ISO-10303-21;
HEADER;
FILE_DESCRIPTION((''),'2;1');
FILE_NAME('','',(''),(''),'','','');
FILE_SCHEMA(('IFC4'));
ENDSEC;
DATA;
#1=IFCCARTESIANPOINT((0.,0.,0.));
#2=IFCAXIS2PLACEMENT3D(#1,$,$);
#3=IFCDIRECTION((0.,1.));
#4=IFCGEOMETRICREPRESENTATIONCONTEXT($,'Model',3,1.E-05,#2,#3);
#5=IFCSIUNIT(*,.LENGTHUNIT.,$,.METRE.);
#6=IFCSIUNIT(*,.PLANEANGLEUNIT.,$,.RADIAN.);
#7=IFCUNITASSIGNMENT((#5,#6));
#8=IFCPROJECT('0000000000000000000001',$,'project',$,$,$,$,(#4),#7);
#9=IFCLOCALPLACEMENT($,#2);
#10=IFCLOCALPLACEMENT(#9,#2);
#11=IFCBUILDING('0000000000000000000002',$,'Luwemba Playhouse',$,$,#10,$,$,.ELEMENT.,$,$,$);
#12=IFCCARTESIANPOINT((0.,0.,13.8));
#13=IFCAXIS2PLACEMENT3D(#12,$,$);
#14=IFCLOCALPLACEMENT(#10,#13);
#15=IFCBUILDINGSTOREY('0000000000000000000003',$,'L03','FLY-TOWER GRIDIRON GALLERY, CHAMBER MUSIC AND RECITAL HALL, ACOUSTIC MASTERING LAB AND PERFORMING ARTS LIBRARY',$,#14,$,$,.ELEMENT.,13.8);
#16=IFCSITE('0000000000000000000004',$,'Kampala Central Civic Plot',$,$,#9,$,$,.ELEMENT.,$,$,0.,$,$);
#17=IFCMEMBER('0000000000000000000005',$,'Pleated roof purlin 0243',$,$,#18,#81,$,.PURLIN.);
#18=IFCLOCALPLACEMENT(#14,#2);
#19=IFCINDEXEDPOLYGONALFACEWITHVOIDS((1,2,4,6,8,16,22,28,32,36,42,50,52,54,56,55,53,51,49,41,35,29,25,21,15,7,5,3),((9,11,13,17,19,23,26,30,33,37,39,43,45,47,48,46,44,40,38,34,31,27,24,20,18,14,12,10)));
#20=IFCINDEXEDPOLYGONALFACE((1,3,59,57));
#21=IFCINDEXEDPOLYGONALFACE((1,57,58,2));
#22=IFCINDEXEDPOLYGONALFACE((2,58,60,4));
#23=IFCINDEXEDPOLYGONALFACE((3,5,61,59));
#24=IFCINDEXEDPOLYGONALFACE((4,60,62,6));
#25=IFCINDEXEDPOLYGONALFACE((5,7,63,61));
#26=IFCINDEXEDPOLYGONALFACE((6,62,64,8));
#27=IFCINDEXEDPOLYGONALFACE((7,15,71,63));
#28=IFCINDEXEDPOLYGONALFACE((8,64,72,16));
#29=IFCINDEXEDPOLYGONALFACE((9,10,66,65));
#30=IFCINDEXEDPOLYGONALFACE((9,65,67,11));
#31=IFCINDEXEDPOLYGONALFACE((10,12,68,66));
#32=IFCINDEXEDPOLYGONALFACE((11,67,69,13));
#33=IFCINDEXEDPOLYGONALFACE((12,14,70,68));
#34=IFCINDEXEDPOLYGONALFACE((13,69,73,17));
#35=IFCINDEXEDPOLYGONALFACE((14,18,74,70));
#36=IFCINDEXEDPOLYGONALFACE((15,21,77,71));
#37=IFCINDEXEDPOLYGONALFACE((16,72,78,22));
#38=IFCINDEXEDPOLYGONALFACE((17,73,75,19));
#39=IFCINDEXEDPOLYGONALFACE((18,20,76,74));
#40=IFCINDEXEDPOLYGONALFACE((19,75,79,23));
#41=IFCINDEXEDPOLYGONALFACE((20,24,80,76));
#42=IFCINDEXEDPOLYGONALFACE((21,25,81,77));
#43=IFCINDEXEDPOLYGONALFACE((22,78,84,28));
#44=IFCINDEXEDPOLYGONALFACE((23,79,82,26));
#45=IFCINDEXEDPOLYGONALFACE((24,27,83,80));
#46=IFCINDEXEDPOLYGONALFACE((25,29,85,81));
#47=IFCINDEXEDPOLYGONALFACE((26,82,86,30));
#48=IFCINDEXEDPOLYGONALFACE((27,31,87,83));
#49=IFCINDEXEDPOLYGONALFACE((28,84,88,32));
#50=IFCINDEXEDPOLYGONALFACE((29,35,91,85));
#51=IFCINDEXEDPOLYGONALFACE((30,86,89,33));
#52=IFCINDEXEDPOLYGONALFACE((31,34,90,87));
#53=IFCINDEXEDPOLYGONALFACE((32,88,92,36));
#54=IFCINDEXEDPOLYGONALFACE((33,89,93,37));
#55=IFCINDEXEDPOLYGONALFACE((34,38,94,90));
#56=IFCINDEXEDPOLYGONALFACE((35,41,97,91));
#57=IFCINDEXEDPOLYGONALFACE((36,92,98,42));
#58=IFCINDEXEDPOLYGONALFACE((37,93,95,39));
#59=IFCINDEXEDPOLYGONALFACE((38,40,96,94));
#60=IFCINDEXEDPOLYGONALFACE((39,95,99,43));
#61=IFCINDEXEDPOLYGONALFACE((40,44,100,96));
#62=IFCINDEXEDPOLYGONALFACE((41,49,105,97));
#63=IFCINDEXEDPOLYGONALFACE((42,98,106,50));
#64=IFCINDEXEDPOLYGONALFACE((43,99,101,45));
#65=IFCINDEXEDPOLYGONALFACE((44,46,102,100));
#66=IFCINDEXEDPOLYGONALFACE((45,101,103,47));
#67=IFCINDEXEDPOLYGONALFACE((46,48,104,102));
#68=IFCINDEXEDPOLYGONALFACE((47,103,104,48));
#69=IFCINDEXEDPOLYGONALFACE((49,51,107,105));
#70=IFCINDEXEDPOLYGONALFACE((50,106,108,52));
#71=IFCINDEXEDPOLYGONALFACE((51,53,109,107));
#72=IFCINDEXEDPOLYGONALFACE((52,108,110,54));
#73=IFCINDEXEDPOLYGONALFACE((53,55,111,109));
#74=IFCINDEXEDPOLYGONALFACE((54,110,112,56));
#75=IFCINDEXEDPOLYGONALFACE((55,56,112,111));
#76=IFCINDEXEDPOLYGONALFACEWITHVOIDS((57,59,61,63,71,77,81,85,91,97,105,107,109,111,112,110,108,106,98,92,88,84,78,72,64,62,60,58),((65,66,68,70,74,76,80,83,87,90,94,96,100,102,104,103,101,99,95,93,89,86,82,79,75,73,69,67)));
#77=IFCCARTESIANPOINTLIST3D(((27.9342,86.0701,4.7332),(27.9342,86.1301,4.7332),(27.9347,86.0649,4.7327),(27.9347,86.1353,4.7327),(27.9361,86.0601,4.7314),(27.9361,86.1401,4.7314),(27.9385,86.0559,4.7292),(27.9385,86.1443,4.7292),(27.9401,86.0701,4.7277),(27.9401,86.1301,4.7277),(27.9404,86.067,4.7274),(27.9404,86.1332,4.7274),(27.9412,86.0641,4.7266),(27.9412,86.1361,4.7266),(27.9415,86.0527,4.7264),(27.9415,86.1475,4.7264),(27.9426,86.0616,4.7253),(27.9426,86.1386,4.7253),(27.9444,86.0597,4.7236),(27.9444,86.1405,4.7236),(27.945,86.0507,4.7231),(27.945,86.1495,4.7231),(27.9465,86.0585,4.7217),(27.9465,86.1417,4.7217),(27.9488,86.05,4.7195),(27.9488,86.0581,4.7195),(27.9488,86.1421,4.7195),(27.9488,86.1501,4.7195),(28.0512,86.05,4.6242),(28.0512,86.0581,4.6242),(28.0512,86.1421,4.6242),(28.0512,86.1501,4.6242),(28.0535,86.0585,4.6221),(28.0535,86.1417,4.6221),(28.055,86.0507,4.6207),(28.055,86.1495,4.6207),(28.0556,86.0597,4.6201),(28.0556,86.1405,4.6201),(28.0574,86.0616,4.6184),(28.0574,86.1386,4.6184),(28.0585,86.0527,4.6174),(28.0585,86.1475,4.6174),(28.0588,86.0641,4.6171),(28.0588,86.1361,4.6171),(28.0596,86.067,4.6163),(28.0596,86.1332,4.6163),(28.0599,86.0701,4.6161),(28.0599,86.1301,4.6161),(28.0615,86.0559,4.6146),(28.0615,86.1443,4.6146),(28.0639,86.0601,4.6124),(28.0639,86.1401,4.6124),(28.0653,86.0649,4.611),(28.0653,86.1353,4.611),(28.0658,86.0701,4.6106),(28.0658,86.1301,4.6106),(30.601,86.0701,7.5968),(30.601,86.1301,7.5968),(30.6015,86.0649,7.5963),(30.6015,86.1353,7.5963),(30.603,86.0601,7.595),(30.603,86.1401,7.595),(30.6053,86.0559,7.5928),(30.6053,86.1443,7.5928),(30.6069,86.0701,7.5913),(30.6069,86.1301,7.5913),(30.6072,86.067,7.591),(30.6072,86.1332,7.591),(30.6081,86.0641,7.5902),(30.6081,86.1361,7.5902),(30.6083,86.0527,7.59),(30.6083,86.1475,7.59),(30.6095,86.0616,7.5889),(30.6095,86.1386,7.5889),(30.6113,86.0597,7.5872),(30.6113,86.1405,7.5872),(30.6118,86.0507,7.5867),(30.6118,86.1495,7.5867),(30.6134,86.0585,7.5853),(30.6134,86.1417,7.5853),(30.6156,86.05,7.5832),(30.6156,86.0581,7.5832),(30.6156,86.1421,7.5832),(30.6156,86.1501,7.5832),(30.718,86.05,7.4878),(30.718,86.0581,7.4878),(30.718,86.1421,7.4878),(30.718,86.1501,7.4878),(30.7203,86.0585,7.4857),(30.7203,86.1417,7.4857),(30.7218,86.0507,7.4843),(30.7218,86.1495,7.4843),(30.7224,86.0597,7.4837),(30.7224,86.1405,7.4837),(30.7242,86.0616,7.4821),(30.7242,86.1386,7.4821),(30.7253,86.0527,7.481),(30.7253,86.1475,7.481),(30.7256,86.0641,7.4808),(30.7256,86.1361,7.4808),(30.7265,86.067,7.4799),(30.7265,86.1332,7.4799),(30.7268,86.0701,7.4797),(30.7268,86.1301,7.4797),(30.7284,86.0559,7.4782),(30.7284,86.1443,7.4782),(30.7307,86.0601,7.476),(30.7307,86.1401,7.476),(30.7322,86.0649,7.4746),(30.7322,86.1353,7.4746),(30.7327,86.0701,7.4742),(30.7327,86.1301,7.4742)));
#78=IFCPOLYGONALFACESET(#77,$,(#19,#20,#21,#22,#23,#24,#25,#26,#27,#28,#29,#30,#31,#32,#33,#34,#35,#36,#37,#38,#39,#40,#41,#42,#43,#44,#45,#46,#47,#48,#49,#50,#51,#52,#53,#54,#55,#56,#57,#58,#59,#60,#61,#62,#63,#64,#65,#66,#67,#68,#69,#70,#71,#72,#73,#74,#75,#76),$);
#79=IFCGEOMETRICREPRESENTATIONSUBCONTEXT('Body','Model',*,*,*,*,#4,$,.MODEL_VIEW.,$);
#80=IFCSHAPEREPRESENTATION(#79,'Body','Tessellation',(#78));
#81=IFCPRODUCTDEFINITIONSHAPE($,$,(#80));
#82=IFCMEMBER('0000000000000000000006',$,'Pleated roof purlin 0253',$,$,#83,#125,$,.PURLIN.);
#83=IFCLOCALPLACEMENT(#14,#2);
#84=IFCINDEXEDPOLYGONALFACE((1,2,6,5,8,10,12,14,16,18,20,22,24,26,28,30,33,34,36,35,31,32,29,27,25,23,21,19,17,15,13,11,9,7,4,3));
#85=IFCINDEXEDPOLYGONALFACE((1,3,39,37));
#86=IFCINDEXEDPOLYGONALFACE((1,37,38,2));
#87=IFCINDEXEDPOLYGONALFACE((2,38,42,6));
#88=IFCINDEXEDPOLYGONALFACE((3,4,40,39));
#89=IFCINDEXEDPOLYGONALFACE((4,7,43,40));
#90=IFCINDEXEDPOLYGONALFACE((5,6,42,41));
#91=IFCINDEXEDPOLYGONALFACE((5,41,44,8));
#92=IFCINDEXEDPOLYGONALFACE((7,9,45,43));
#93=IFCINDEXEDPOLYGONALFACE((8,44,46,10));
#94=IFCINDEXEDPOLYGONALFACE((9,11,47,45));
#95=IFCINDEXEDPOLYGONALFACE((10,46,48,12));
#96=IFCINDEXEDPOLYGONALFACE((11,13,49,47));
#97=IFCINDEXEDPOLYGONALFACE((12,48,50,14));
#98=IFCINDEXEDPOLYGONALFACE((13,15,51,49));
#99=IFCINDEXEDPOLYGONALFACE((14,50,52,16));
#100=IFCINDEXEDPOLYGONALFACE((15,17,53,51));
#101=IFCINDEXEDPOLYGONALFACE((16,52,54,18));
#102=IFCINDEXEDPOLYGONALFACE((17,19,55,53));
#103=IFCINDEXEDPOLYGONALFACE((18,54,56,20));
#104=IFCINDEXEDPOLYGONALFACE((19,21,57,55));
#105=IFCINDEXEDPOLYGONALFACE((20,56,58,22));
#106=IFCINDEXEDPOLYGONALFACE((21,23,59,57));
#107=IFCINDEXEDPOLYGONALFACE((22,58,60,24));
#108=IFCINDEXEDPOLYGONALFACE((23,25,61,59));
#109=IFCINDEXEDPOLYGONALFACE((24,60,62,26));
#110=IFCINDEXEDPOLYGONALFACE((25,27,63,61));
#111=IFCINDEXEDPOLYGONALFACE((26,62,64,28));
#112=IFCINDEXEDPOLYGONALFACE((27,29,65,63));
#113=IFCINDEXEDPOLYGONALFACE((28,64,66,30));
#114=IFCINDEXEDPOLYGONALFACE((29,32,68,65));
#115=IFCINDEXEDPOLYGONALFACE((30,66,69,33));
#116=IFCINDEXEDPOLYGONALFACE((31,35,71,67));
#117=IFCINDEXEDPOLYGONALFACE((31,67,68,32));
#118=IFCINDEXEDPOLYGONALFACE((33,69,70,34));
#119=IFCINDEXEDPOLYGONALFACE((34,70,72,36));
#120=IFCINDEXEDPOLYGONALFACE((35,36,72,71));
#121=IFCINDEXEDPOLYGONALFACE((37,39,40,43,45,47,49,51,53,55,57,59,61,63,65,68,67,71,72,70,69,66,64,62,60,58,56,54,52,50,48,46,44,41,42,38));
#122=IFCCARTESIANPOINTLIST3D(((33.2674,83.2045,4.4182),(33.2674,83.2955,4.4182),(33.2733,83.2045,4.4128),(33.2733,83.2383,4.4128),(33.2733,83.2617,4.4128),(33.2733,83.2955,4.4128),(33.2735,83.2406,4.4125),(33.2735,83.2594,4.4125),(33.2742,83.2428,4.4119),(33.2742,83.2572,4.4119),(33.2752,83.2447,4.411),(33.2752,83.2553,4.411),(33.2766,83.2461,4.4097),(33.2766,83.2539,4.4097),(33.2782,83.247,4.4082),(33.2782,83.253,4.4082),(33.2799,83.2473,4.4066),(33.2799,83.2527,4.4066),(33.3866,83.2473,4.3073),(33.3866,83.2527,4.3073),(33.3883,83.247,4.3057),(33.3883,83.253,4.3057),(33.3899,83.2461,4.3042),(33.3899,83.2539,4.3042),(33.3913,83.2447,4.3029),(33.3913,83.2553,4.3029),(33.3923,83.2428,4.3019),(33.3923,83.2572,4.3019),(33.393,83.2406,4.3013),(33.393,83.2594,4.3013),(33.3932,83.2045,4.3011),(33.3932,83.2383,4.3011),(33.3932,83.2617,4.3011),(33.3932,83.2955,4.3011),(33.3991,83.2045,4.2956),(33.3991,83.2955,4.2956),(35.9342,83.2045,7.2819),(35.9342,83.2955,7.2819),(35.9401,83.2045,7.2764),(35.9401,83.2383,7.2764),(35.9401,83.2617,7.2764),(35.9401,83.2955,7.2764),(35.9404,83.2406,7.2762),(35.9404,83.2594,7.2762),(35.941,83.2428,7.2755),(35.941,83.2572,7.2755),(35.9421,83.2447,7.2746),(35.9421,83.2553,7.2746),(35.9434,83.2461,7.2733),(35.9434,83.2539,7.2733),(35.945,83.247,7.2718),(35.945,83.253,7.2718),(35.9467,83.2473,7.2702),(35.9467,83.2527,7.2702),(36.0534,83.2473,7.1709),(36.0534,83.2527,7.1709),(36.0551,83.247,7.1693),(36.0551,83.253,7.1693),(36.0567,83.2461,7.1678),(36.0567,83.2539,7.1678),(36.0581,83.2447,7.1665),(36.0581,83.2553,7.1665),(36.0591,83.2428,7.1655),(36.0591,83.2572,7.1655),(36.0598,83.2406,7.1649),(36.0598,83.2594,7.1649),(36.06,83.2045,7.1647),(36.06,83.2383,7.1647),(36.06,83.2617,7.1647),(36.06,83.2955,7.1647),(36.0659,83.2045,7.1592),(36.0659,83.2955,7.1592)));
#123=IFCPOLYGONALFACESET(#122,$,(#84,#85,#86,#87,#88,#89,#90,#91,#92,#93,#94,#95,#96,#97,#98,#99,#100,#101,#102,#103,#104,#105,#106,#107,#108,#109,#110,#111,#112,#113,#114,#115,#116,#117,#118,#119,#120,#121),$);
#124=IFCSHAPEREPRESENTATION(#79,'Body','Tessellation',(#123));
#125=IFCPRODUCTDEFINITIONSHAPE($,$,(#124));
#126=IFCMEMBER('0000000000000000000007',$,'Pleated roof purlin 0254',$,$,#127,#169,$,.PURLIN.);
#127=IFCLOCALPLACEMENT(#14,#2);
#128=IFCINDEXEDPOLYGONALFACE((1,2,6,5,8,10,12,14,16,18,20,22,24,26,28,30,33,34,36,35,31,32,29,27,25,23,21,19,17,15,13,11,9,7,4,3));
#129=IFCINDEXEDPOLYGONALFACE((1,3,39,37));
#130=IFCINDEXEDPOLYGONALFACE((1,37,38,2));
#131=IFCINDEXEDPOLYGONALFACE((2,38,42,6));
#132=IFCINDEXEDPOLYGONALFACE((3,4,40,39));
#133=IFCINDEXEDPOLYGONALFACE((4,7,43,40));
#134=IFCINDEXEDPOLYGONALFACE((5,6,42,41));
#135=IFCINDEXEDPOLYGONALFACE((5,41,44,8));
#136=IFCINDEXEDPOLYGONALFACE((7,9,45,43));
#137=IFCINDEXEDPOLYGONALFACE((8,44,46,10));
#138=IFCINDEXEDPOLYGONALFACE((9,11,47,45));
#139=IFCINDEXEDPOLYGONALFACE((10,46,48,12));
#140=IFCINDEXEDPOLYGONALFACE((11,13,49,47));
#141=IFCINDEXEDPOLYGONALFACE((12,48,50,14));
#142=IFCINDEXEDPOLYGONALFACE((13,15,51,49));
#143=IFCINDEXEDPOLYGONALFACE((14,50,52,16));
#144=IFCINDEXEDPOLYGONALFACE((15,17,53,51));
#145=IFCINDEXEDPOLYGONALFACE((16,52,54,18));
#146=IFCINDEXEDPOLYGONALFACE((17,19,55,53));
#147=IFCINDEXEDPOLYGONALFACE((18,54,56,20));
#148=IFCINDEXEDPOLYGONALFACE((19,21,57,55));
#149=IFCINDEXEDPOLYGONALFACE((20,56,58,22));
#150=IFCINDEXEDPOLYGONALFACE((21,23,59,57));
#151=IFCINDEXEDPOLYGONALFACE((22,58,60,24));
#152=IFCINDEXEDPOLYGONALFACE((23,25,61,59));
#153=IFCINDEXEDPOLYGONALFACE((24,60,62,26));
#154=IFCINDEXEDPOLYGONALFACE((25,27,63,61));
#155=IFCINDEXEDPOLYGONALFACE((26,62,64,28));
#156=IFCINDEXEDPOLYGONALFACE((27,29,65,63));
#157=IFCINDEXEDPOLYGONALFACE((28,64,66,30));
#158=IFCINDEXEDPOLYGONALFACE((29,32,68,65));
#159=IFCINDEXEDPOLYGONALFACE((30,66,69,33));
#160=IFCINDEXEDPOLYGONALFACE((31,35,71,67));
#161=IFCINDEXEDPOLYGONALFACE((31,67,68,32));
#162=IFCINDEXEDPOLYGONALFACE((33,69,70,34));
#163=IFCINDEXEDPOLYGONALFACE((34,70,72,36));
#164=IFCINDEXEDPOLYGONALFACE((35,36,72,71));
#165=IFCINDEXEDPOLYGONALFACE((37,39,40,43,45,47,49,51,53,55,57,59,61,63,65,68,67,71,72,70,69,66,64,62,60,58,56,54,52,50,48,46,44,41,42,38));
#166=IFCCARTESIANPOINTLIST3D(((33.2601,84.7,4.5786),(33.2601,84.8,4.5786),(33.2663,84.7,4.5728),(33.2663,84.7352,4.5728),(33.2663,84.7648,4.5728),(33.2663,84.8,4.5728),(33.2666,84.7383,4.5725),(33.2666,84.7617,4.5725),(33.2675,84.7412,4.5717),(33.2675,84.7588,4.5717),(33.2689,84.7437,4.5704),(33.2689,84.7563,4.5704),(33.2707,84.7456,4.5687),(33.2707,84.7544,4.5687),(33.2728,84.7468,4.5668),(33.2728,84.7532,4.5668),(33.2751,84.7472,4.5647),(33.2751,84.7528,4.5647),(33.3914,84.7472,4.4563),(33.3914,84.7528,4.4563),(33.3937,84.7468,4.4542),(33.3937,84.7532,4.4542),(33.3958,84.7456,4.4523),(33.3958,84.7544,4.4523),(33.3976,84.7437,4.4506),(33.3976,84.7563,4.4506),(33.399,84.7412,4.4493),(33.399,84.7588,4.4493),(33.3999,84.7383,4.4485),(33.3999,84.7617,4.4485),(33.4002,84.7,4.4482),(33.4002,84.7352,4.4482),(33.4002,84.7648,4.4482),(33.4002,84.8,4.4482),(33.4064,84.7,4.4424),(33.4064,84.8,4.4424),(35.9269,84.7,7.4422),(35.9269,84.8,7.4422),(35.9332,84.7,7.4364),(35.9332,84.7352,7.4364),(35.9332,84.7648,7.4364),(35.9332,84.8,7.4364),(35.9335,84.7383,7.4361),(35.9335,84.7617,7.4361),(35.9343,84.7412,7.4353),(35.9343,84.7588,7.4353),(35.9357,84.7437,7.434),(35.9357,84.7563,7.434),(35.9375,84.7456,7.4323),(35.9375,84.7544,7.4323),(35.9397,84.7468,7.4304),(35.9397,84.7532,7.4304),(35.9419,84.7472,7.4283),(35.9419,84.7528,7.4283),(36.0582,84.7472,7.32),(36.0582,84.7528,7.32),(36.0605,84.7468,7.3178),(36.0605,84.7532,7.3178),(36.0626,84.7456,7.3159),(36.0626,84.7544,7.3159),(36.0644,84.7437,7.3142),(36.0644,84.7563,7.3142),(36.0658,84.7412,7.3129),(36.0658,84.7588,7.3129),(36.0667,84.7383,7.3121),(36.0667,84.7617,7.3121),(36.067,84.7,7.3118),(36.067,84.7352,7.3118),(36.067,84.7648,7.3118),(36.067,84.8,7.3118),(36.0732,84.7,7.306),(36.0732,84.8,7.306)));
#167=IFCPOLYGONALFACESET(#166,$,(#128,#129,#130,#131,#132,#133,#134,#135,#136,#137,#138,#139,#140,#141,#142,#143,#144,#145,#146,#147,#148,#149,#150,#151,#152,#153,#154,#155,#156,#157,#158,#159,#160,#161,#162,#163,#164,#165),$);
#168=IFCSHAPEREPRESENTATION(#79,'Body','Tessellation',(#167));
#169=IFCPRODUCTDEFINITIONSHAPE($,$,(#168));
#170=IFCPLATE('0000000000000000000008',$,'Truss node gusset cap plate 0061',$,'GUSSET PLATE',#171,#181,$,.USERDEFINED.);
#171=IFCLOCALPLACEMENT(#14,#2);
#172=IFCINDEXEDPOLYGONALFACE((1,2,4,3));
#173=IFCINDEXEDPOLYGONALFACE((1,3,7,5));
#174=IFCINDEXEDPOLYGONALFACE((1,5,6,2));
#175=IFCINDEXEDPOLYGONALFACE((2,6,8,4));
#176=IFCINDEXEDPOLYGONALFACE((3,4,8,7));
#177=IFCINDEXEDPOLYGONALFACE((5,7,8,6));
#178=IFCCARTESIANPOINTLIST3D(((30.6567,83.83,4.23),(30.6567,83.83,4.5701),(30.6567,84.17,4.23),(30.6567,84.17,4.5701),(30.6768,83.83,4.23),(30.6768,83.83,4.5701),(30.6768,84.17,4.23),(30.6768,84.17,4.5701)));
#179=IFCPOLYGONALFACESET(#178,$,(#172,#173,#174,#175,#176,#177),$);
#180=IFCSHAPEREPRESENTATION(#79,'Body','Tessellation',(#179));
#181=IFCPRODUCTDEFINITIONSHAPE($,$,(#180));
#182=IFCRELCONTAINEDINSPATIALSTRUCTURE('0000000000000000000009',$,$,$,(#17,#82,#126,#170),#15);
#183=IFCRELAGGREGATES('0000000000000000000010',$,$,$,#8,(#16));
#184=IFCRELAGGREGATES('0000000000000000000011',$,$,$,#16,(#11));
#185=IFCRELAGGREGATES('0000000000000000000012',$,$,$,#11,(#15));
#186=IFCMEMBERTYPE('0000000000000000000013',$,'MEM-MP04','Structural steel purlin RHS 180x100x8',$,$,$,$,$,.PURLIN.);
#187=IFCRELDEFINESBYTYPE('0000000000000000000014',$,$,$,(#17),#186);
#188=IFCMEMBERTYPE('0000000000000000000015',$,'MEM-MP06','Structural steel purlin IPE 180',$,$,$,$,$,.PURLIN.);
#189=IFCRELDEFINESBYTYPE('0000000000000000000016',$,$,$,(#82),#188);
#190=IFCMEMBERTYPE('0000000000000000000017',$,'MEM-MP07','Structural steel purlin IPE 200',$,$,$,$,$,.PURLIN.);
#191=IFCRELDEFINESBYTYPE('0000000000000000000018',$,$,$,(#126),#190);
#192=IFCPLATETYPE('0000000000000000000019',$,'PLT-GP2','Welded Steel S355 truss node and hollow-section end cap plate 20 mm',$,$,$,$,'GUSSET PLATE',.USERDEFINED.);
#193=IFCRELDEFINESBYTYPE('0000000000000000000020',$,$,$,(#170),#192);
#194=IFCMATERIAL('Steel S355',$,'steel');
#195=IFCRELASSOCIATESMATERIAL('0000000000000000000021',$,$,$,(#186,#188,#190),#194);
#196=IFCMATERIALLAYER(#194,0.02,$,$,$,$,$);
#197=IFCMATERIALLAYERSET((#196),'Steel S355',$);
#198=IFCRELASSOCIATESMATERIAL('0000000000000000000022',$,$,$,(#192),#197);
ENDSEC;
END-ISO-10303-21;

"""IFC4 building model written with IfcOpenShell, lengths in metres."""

from ifc_helpers import new_model, si_unit, direction, frame, origin, origin_2d, place, context, subcontext, project, spatial, rectangle, hollow_rectangle, i_section, extrude, material, layer, layer_set, material_profile, profile_set, type_object, element, save


model = new_model("IFC4")

# Units and contexts
model_context = context("Model", 3, precision=1e-05, world=origin(), true_north=direction((0.0, 1.0)))
body_context = subcontext(model_context, "Body", "Model", "MODEL_VIEW")
ifc_project = project(units=[si_unit("LENGTHUNIT", "METRE"), si_unit("PLANEANGLEUNIT", "RADIAN")], contexts=[model_context])

# Site, building, storey
site_placement = place(None, origin())
site = spatial("IfcSite", under=ifc_project, at=site_placement, Name="Kampala Central Civic Plot", CompositionType="ELEMENT", RefElevation=0.0)
building_placement = place(site_placement, origin())
building = spatial("IfcBuilding", under=site, at=building_placement, Name="Luwemba Playhouse", CompositionType="ELEMENT")
storey_placement = place(building_placement, frame((0.0, 0.0, 13.8)))
storey = spatial("IfcBuildingStorey", under=building, at=storey_placement, Name="L03", Description="FLY-TOWER GRIDIRON GALLERY, CHAMBER MUSIC AND RECITAL HALL, ACOUSTIC MASTERING LAB AND PERFORMING ARTS LIBRARY", CompositionType="ELEMENT", Elevation=13.8)

# Shared definitions
ifc_material_1 = material(Name="Steel S355", Category="steel")

# Members
ifc_material_profile_1 = material_profile(ifc_material_1, hollow_rectangle(XDim=0.1001, YDim=0.1799, WallThickness=0.0081, InnerFilletRadius=0.012, OuterFilletRadius=0.02, at=origin_2d()))
ifc_profile_set_1 = profile_set([ifc_material_profile_1], Name="Steel S355")
member_type_1 = type_object("IfcMemberType", Name="MEM-MP04", Description="Structural steel purlin RHS 180x100x8", PredefinedType="PURLIN", material=ifc_profile_set_1)
member_1_placement = place(storey_placement, frame((28.0, 86.1001, 4.6719), z_axis=(0.681515, 0.0, 0.731804), x_axis=(0.0, 1.0, 0.0)))
element("IfcMember", 1, at=member_1_placement, inside=storey, type_object=member_type_1, Name="Pleated roof purlin 0243", PredefinedType="PURLIN", context=body_context, shape_type="SweptSolid", body=[
    extrude(hollow_rectangle(XDim=0.1001, YDim=0.1799, WallThickness=0.0081, InnerFilletRadius=0.012, OuterFilletRadius=0.02, at=origin_2d()), origin(), (0.0, 0.0, 1.0), 3.9131),
])
ifc_material_profile_2 = material_profile(ifc_material_1, i_section(OverallWidth=0.0911, OverallDepth=0.1799, WebThickness=0.0054, FlangeThickness=0.0081, FilletRadius=0.009, at=origin_2d()))
ifc_profile_set_2 = profile_set([ifc_material_profile_2], Name="Steel S355")
member_type_2 = type_object("IfcMemberType", Name="MEM-MP06", Description="Structural steel purlin IPE 180", PredefinedType="PURLIN", material=ifc_profile_set_2)
member_2_placement = place(storey_placement, frame((33.3333, 83.25, 4.3569), z_axis=(0.681515, 0.0, 0.731804), x_axis=(0.0, 1.0, 0.0)))
element("IfcMember", 2, at=member_2_placement, inside=storey, type_object=member_type_2, Name="Pleated roof purlin 0253", PredefinedType="PURLIN", context=body_context, shape_type="SweptSolid", body=[
    extrude(i_section(OverallWidth=0.0911, OverallDepth=0.1799, WebThickness=0.0054, FlangeThickness=0.0081, FilletRadius=0.009, at=origin_2d()), origin(), (0.0, 0.0, 1.0), 3.9131),
])
ifc_material_profile_3 = material_profile(ifc_material_1, i_section(OverallWidth=0.1001, OverallDepth=0.2, WebThickness=0.0056, FlangeThickness=0.0085, FilletRadius=0.012, at=origin_2d()))
ifc_profile_set_3 = profile_set([ifc_material_profile_3], Name="Steel S355")
member_type_3 = type_object("IfcMemberType", Name="MEM-MP07", Description="Structural steel purlin IPE 200", PredefinedType="PURLIN", material=ifc_profile_set_3)
member_3_placement = place(storey_placement, frame((33.3333, 84.75, 4.5105), z_axis=(0.681515, 0.0, 0.731804), x_axis=(0.0, 1.0, 0.0)))
element("IfcMember", 3, at=member_3_placement, inside=storey, type_object=member_type_3, Name="Pleated roof purlin 0254", PredefinedType="PURLIN", context=body_context, shape_type="SweptSolid", body=[
    extrude(i_section(OverallWidth=0.1001, OverallDepth=0.2, WebThickness=0.0056, FlangeThickness=0.0085, FilletRadius=0.012, at=origin_2d()), origin(), (0.0, 0.0, 1.0), 3.9131),
])

# Plate
ifc_layer_1 = layer(ifc_material_1, 0.02)
ifc_layer_set_1 = layer_set([ifc_layer_1], Name="Steel S355")
plate_type = type_object("IfcPlateType", Name="PLT-GP2", Description="Welded Steel S355 truss node and hollow-section end cap plate 20 mm", ElementType="GUSSET PLATE", PredefinedType="USERDEFINED", material=ifc_layer_set_1)
plate_placement = place(storey_placement, frame((30.6667, 84.0, 4.23), z_axis=(0.0, 0.0, 1.0), x_axis=(1.0, 0.0, 0.0)))
element("IfcPlate", 4, at=plate_placement, inside=storey, type_object=plate_type, Name="Truss node gusset cap plate 0061", ObjectType="GUSSET PLATE", PredefinedType="USERDEFINED", context=body_context, shape_type="SweptSolid", body=[
    extrude(rectangle(XDim=0.02, YDim=0.3401, at=origin_2d()), origin(), (0.0, 0.0, 1.0), 0.3401),
])

save(model, "model.ifc")
